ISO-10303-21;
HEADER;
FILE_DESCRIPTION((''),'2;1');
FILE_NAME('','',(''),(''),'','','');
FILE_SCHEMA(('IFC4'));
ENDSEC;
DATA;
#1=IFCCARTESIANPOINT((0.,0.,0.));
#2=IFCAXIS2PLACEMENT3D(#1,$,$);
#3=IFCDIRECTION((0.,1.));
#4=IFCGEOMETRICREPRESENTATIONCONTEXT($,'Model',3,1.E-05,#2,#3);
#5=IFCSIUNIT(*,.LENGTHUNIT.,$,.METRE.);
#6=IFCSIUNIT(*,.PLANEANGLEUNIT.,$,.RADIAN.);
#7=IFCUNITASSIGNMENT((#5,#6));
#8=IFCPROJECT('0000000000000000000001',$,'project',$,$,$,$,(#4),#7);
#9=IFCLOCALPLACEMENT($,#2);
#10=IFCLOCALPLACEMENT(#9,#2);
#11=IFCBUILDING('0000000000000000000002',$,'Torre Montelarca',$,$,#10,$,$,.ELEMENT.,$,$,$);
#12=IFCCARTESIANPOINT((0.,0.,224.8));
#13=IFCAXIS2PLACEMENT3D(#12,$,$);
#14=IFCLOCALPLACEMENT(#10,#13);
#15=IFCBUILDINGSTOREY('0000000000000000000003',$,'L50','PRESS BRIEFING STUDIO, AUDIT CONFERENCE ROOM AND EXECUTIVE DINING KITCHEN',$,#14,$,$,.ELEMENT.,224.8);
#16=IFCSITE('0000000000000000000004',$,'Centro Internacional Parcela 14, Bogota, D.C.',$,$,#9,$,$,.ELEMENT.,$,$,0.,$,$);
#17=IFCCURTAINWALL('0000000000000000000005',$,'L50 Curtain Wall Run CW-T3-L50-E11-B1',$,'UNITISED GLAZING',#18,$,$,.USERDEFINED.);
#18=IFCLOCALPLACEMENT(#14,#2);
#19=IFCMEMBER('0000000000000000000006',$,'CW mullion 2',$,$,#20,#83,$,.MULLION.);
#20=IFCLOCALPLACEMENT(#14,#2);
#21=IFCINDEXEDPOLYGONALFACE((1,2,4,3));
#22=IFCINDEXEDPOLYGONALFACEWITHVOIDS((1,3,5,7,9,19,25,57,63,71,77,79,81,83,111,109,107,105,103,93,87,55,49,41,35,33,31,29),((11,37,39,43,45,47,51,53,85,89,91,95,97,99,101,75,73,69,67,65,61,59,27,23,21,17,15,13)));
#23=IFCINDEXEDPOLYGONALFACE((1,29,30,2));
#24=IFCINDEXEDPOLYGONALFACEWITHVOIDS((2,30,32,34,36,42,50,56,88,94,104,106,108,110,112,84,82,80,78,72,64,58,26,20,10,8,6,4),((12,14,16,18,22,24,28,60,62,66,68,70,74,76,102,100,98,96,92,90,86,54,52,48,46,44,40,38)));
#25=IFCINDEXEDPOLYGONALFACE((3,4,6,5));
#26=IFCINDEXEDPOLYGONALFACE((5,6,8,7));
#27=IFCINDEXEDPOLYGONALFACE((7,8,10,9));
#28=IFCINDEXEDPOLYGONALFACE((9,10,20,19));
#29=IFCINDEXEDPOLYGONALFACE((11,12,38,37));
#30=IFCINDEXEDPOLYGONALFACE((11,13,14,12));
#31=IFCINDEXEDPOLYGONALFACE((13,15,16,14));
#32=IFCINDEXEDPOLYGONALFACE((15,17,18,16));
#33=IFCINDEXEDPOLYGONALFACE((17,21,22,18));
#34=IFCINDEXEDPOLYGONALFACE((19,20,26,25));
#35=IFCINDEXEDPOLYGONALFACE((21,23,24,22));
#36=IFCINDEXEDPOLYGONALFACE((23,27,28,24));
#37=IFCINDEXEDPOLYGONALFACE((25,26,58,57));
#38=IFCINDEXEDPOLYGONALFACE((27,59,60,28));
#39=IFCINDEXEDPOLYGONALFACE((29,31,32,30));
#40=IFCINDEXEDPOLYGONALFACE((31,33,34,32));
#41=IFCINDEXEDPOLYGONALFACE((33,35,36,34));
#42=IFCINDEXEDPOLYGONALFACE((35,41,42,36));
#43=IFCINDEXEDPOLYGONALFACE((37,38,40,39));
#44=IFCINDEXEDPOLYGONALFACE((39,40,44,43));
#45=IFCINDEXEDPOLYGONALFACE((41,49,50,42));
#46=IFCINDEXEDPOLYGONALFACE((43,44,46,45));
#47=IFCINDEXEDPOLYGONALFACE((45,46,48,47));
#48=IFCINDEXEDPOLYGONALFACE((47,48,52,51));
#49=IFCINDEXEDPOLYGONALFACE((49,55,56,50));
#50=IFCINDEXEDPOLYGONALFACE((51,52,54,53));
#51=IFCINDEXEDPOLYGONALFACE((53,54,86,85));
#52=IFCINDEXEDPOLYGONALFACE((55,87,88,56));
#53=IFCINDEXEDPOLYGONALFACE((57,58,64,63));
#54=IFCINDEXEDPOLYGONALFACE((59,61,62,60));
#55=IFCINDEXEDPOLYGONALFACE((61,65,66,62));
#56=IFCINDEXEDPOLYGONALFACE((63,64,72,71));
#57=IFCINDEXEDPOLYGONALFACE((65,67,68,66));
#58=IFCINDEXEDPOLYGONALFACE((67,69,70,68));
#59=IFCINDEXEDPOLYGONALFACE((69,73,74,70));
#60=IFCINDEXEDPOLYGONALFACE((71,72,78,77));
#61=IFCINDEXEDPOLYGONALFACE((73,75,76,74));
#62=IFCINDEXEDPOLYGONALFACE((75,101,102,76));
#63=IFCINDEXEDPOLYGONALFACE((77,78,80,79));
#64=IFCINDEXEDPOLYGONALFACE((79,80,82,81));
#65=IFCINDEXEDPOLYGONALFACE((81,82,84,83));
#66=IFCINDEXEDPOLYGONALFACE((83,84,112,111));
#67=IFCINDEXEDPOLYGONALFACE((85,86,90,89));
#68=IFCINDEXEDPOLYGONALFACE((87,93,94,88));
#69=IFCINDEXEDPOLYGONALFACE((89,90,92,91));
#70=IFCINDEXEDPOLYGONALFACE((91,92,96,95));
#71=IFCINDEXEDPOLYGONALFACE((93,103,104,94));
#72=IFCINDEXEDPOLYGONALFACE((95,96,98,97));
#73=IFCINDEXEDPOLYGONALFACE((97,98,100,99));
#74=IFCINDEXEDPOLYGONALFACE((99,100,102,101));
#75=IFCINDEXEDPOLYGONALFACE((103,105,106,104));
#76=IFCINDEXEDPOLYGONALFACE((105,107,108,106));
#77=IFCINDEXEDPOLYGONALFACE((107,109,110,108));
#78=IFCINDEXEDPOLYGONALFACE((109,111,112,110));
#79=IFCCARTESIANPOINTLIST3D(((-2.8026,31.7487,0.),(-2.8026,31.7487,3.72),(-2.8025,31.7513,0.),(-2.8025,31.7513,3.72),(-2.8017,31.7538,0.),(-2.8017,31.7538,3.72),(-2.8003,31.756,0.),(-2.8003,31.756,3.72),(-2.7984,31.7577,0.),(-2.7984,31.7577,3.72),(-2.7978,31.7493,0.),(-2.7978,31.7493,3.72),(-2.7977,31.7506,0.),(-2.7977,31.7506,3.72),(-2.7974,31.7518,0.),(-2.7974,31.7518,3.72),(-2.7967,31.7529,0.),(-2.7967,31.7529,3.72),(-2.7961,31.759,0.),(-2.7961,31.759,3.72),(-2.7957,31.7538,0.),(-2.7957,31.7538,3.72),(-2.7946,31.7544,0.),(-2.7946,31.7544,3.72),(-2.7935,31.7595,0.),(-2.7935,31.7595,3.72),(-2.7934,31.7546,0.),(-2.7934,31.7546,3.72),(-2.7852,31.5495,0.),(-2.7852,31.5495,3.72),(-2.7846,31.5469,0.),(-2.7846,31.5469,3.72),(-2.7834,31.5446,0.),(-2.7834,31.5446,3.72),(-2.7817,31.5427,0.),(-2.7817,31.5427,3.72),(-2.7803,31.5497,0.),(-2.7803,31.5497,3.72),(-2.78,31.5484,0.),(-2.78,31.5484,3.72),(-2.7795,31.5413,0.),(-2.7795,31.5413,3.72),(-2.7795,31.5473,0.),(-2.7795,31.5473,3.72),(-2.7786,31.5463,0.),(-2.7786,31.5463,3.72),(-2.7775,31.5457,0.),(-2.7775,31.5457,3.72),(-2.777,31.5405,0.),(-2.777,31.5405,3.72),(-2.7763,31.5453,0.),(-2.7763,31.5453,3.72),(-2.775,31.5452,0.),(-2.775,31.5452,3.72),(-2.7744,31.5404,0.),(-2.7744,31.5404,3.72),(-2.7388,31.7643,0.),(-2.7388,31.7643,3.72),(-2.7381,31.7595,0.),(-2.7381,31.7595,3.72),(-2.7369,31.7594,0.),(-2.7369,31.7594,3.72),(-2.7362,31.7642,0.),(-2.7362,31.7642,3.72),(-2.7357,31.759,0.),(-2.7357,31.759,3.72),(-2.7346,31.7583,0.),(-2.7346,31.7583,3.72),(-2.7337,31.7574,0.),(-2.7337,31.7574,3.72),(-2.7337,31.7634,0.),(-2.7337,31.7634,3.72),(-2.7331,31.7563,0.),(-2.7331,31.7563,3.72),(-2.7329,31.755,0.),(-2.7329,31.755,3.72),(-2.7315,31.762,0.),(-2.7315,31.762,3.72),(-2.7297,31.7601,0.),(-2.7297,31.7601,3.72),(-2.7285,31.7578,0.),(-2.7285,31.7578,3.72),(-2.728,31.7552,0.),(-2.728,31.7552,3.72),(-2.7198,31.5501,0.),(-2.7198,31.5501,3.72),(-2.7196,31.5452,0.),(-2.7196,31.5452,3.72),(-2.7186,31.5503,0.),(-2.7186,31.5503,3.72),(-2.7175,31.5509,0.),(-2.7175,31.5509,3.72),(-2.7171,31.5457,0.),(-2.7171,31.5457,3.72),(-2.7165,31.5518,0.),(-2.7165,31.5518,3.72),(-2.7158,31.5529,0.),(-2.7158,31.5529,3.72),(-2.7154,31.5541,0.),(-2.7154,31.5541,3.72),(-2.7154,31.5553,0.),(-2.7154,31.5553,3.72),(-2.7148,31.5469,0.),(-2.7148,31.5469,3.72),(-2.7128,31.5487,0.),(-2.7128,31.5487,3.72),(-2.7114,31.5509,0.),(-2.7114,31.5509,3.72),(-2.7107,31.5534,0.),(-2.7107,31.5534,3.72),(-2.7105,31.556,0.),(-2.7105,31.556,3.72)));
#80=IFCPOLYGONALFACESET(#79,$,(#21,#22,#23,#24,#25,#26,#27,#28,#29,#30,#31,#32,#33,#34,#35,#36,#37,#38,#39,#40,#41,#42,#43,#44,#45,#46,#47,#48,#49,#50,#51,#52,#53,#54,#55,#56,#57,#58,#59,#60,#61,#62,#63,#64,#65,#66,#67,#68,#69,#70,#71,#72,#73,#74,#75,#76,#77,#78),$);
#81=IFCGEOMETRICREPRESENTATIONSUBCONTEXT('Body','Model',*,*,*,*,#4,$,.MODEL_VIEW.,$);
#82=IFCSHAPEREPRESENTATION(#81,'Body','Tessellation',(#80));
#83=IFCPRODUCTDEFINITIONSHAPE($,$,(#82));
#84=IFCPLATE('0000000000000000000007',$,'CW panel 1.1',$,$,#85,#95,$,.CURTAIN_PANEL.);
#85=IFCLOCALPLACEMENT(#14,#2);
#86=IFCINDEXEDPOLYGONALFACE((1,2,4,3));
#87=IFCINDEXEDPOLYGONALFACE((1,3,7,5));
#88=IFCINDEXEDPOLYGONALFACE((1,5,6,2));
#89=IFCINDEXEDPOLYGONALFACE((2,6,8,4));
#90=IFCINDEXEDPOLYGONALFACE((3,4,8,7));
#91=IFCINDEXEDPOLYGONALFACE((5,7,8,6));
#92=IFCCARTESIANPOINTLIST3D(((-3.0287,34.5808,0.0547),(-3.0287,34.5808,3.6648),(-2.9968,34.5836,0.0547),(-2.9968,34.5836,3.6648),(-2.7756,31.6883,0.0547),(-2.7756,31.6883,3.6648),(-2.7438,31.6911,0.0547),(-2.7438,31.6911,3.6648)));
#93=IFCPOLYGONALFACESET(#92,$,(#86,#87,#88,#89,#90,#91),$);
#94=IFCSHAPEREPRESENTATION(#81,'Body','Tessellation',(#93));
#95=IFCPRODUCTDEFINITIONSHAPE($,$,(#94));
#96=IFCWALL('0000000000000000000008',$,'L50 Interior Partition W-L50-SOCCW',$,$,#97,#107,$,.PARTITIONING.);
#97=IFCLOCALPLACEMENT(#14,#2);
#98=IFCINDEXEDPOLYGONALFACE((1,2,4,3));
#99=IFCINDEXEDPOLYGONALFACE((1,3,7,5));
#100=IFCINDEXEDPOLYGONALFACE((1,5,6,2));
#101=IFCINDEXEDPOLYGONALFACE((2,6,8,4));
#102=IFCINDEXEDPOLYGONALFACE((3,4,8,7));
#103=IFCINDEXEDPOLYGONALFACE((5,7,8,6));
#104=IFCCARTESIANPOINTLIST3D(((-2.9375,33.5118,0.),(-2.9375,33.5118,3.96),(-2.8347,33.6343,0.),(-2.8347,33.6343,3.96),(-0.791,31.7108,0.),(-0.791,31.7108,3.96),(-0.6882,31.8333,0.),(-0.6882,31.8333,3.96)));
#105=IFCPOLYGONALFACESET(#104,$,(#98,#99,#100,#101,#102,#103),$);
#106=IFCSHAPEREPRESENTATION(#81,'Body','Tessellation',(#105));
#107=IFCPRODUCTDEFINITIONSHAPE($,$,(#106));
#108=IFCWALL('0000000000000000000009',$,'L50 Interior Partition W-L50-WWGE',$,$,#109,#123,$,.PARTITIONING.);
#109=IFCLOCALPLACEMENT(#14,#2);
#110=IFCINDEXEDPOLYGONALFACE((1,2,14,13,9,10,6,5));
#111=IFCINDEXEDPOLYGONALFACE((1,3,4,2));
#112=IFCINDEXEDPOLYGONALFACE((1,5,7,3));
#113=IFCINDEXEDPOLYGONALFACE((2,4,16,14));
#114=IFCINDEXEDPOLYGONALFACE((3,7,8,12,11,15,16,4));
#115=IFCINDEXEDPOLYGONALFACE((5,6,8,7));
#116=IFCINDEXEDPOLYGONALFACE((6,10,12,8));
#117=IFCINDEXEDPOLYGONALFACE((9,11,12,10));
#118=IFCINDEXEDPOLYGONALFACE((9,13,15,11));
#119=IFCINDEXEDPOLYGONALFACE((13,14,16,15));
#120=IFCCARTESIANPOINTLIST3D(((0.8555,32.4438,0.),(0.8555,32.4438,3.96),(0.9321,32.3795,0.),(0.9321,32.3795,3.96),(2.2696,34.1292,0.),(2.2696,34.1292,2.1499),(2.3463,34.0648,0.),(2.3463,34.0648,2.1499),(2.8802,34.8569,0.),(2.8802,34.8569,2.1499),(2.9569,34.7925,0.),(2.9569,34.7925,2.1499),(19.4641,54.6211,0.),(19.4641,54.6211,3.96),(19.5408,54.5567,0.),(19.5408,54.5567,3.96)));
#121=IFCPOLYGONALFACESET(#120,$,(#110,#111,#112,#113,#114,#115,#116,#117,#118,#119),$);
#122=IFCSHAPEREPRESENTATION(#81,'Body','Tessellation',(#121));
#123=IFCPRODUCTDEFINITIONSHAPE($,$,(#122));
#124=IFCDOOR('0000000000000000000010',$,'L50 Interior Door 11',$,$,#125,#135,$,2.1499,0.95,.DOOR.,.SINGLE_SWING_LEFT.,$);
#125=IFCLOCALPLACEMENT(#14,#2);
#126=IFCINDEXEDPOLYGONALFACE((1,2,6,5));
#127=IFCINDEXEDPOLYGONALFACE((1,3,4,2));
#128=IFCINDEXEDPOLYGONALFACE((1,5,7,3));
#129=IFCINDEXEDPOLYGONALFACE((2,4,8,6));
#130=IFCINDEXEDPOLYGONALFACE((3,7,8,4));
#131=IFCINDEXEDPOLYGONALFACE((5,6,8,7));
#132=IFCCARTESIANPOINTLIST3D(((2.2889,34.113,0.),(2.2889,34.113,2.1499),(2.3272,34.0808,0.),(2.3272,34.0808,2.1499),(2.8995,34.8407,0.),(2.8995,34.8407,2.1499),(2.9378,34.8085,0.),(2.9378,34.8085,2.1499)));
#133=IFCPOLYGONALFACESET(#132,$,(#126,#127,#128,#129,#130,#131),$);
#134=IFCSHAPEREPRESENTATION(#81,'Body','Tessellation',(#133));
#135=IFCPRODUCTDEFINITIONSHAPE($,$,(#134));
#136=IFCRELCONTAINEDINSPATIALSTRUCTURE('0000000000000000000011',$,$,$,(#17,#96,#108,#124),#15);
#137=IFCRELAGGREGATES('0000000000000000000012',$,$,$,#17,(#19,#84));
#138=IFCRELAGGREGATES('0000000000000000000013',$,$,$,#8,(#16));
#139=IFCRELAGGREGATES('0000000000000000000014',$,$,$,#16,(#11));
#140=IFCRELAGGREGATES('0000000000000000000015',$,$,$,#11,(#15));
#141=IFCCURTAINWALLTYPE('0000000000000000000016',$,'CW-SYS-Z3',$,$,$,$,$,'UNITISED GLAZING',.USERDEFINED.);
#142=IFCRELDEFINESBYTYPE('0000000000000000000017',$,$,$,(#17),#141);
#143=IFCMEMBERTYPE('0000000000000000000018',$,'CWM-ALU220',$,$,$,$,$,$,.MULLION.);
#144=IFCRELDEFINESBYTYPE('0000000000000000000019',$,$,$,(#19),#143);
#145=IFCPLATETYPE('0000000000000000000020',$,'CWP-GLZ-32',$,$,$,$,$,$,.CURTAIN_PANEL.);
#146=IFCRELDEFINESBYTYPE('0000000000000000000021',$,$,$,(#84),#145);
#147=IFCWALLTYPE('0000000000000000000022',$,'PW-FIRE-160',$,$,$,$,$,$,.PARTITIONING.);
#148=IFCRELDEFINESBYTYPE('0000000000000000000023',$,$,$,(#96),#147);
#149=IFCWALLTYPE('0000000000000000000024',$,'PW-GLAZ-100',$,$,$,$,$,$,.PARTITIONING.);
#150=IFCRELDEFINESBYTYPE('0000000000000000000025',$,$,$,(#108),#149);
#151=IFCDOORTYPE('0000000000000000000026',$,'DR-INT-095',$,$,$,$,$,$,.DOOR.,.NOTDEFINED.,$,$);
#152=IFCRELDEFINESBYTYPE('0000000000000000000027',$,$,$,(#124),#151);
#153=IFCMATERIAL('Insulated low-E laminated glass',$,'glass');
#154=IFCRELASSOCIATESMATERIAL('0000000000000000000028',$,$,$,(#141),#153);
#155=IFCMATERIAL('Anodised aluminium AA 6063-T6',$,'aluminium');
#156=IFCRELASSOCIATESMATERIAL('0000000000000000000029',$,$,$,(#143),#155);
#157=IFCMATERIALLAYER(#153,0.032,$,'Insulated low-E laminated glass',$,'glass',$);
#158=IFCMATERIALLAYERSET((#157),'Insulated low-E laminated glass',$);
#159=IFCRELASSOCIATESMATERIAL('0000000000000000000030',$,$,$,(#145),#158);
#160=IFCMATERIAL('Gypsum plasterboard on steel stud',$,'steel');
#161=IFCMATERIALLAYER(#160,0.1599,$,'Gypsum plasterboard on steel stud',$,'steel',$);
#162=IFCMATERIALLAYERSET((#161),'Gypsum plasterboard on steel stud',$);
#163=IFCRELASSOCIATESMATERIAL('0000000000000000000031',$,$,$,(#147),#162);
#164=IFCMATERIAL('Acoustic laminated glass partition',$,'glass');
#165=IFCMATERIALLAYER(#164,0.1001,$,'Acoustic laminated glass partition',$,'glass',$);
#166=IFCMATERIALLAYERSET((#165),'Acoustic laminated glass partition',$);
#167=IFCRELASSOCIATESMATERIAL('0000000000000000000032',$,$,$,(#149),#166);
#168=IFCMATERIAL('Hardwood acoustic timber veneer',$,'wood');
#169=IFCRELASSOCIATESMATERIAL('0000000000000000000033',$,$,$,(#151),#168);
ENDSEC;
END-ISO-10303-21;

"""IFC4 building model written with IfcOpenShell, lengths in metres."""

from ifc_helpers import new_model, si_unit, direction, frame, frame_2d, origin, origin_2d, place, context, subcontext, project, spatial, rectangle, hollow_rectangle, extrude, source, transform, mapped, material, layer, layer_set, material_profile, profile_set, type_object, element, fill, aggregate, save


model = new_model("IFC4")

# Units and contexts
model_context = context("Model", 3, precision=1e-05, world=origin(), true_north=direction((0.0, 1.0)))
body_context = subcontext(model_context, "Body", "Model", "MODEL_VIEW")
ifc_project = project(units=[si_unit("LENGTHUNIT", "METRE"), si_unit("PLANEANGLEUNIT", "RADIAN")], contexts=[model_context])

# Site, building, storey
site_placement = place(None, origin())
site = spatial("IfcSite", under=ifc_project, at=site_placement, Name="Centro Internacional Parcela 14, Bogota, D.C.", CompositionType="ELEMENT", RefElevation=0.0)
building_placement = place(site_placement, origin())
building = spatial("IfcBuilding", under=site, at=building_placement, Name="Torre Montelarca", CompositionType="ELEMENT")
storey_placement = place(building_placement, frame((0.0, 0.0, 224.8)))
storey = spatial("IfcBuildingStorey", under=building, at=storey_placement, Name="L50", Description="PRESS BRIEFING STUDIO, AUDIT CONFERENCE ROOM AND EXECUTIVE DINING KITCHEN", CompositionType="ELEMENT", Elevation=224.8)

# Curtain wall
ifc_material_1 = material(Name="Insulated low-E laminated glass", Category="glass")
curtain_wall_type = type_object("IfcCurtainWallType", Name="CW-SYS-Z3", ElementType="UNITISED GLAZING", PredefinedType="USERDEFINED", material=ifc_material_1)
curtain_wall_1_placement = place(storey_placement, origin())
curtain_wall_1 = element("IfcCurtainWall", 1, at=curtain_wall_1_placement, inside=storey, type_object=curtain_wall_type, Name="L50 Curtain Wall Run CW-T3-L50-E11-B1", ObjectType="UNITISED GLAZING", PredefinedType="USERDEFINED")
ifc_material_2 = material(Name="Anodised aluminium AA 6063-T6", Category="aluminium")

# Shared definitions
ifc_material_profile_1 = material_profile(ifc_material_2, hollow_rectangle(XDim=0.075, YDim=0.22, WallThickness=0.0049, InnerFilletRadius=0.0049, OuterFilletRadius=0.01, at=origin_2d()), Name="ALU75X220X5", Category="aluminium")
ifc_profile_set_1 = profile_set([ifc_material_profile_1], Name="Anodised aluminium AA 6063-T6")
member_type_1 = type_object("IfcMemberType", Name="CWM-ALU220", PredefinedType="MULLION", material=ifc_profile_set_1)
shared_shape_1 = source(origin(), body_context, "Body", "SweptSolid", [
    extrude(hollow_rectangle(XDim=0.075, YDim=0.22, WallThickness=0.0049, InnerFilletRadius=0.0049, OuterFilletRadius=0.01, at=origin_2d()), origin(), (0.0, 0.0, 1.0), 3.72),
])

# Member
member_1_placement = place(storey_placement, frame((-2.7566, 31.6523, 0.0), z_axis=(0.0, 0.0, 1.0), x_axis=(0.996194, 0.087166, 0.0)))
member_1 = element("IfcMember", 2, at=member_1_placement, type_object=member_type_1, Name="CW mullion 2", PredefinedType="MULLION", context=body_context, shape_type="MappedRepresentation", body=[
    mapped(shared_shape_1, transform((0.0, 0.0, 0.0), scale=1.0)),
])

# Plate
ifc_layer_1 = layer(ifc_material_1, 0.032, Name="Insulated low-E laminated glass", Category="glass")
ifc_layer_set_1 = layer_set([ifc_layer_1], Name="Insulated low-E laminated glass")
plate_type = type_object("IfcPlateType", Name="CWP-GLZ-32", PredefinedType="CURTAIN_PANEL", material=ifc_layer_set_1)
shared_shape_2 = source(origin(), body_context, "Body", "SweptSolid", [
    extrude(rectangle(XDim=2.9036, YDim=0.032, at=origin_2d()), origin(), (0.0, 0.0, 1.0), 3.6101),
])
plate_placement = place(storey_placement, frame((-2.8862, 33.136, 0.0547), z_axis=(0.0, 0.0, 1.0), x_axis=(0.087166, -0.996194, 0.0)))
plate = element("IfcPlate", 3, at=plate_placement, type_object=plate_type, Name="CW panel 1.1", PredefinedType="CURTAIN_PANEL", context=body_context, shape_type="MappedRepresentation", body=[
    mapped(shared_shape_2, transform((0.0, 0.0, 0.0), scale=1.0)),
])
aggregate(curtain_wall_1, [member_1, plate])

# Wall
ifc_material_3 = material(Name="Gypsum plasterboard on steel stud", Category="steel")
ifc_layer_2 = layer(ifc_material_3, 0.1599, Name="Gypsum plasterboard on steel stud", Category="steel")
ifc_layer_set_2 = layer_set([ifc_layer_2], Name="Gypsum plasterboard on steel stud")
wall_type_1 = type_object("IfcWallType", Name="PW-FIRE-160", PredefinedType="PARTITIONING", material=ifc_layer_set_2)
wall_1_placement = place(storey_placement, frame((-2.886, 33.573, 0.0), z_axis=(0.0, 0.0, 1.0), x_axis=(0.76606, -0.642769, 0.0)))
element("IfcWall", 4, at=wall_1_placement, inside=storey, type_object=wall_type_1, Name="L50 Interior Partition W-L50-SOCCW", PredefinedType="PARTITIONING", context=body_context, shape_type="SweptSolid", body=[
    extrude(rectangle(XDim=2.802, YDim=0.1599, at=frame_2d((1.4009, 0.0))), origin(), (0.0, 0.0, 1.0), 3.96),
])

# Wall, opening, door
ifc_material_4 = material(Name="Acoustic laminated glass partition", Category="glass")
ifc_layer_3 = layer(ifc_material_4, 0.1001, Name="Acoustic laminated glass partition", Category="glass")
ifc_layer_set_3 = layer_set([ifc_layer_3], Name="Acoustic laminated glass partition")
wall_type_2 = type_object("IfcWallType", Name="PW-GLAZ-100", PredefinedType="PARTITIONING", material=ifc_layer_set_3)
wall_2_placement = place(storey_placement, frame((0.8938, 32.4116, 0.0), z_axis=(0.0, 0.0, 1.0), x_axis=(0.642782, 0.766049, 0.0)))
wall_2 = element("IfcWall", 5, at=wall_2_placement, inside=storey, type_object=wall_type_2, Name="L50 Interior Partition W-L50-WWGE", PredefinedType="PARTITIONING", context=body_context, shape_type="SweptSolid", body=[
    extrude(rectangle(XDim=28.9502, YDim=0.1001, at=frame_2d((14.4751, 0.0))), origin(), (0.0, 0.0, 1.0), 3.96),
])
opening_1_placement = place(wall_2_placement, frame((2.2, 0.0, 0.0)))
opening_1 = element("IfcOpeningElement", 6, at=opening_1_placement, cuts=wall_2, PredefinedType="OPENING", context=body_context, shape_type="SweptSolid", body=[
    extrude(rectangle(XDim=0.95, YDim=2.1499, at=frame_2d((0.4751, 1.075))), frame((0.0, 0.0601, 0.0), z_axis=(0.0, -1.0, 0.0), x_axis=(1.0, 0.0, 0.0)), (0.0, 0.0, 1.0), 0.1201),
])
ifc_material_5 = material(Name="Hardwood acoustic timber veneer", Category="wood")
door_type_1 = type_object("IfcDoorType", Name="DR-INT-095", OperationType="NOTDEFINED", PredefinedType="DOOR", material=ifc_material_5)
shared_shape_3 = source(origin(), body_context, "Body", "SweptSolid", [
    extrude(rectangle(XDim=0.95, YDim=2.1499, at=frame_2d((0.4751, 1.075))), frame((0.0, 0.0249, 0.0), z_axis=(0.0, -1.0, 0.0), x_axis=(1.0, 0.0, 0.0)), (0.0, 0.0, 1.0), 0.05),
])
door_1_placement = place(opening_1_placement, origin())
door_1 = element("IfcDoor", 7, at=door_1_placement, inside=storey, type_object=door_type_1, Name="L50 Interior Door 11", OperationType="SINGLE_SWING_LEFT", OverallHeight=2.1499, OverallWidth=0.95, PredefinedType="DOOR", context=body_context, shape_type="MappedRepresentation", body=[
    mapped(shared_shape_3, transform((0.0, 0.0, 0.0), scale=1.0)),
])
fill(opening_1, door_1)

save(model, "model.ifc")
